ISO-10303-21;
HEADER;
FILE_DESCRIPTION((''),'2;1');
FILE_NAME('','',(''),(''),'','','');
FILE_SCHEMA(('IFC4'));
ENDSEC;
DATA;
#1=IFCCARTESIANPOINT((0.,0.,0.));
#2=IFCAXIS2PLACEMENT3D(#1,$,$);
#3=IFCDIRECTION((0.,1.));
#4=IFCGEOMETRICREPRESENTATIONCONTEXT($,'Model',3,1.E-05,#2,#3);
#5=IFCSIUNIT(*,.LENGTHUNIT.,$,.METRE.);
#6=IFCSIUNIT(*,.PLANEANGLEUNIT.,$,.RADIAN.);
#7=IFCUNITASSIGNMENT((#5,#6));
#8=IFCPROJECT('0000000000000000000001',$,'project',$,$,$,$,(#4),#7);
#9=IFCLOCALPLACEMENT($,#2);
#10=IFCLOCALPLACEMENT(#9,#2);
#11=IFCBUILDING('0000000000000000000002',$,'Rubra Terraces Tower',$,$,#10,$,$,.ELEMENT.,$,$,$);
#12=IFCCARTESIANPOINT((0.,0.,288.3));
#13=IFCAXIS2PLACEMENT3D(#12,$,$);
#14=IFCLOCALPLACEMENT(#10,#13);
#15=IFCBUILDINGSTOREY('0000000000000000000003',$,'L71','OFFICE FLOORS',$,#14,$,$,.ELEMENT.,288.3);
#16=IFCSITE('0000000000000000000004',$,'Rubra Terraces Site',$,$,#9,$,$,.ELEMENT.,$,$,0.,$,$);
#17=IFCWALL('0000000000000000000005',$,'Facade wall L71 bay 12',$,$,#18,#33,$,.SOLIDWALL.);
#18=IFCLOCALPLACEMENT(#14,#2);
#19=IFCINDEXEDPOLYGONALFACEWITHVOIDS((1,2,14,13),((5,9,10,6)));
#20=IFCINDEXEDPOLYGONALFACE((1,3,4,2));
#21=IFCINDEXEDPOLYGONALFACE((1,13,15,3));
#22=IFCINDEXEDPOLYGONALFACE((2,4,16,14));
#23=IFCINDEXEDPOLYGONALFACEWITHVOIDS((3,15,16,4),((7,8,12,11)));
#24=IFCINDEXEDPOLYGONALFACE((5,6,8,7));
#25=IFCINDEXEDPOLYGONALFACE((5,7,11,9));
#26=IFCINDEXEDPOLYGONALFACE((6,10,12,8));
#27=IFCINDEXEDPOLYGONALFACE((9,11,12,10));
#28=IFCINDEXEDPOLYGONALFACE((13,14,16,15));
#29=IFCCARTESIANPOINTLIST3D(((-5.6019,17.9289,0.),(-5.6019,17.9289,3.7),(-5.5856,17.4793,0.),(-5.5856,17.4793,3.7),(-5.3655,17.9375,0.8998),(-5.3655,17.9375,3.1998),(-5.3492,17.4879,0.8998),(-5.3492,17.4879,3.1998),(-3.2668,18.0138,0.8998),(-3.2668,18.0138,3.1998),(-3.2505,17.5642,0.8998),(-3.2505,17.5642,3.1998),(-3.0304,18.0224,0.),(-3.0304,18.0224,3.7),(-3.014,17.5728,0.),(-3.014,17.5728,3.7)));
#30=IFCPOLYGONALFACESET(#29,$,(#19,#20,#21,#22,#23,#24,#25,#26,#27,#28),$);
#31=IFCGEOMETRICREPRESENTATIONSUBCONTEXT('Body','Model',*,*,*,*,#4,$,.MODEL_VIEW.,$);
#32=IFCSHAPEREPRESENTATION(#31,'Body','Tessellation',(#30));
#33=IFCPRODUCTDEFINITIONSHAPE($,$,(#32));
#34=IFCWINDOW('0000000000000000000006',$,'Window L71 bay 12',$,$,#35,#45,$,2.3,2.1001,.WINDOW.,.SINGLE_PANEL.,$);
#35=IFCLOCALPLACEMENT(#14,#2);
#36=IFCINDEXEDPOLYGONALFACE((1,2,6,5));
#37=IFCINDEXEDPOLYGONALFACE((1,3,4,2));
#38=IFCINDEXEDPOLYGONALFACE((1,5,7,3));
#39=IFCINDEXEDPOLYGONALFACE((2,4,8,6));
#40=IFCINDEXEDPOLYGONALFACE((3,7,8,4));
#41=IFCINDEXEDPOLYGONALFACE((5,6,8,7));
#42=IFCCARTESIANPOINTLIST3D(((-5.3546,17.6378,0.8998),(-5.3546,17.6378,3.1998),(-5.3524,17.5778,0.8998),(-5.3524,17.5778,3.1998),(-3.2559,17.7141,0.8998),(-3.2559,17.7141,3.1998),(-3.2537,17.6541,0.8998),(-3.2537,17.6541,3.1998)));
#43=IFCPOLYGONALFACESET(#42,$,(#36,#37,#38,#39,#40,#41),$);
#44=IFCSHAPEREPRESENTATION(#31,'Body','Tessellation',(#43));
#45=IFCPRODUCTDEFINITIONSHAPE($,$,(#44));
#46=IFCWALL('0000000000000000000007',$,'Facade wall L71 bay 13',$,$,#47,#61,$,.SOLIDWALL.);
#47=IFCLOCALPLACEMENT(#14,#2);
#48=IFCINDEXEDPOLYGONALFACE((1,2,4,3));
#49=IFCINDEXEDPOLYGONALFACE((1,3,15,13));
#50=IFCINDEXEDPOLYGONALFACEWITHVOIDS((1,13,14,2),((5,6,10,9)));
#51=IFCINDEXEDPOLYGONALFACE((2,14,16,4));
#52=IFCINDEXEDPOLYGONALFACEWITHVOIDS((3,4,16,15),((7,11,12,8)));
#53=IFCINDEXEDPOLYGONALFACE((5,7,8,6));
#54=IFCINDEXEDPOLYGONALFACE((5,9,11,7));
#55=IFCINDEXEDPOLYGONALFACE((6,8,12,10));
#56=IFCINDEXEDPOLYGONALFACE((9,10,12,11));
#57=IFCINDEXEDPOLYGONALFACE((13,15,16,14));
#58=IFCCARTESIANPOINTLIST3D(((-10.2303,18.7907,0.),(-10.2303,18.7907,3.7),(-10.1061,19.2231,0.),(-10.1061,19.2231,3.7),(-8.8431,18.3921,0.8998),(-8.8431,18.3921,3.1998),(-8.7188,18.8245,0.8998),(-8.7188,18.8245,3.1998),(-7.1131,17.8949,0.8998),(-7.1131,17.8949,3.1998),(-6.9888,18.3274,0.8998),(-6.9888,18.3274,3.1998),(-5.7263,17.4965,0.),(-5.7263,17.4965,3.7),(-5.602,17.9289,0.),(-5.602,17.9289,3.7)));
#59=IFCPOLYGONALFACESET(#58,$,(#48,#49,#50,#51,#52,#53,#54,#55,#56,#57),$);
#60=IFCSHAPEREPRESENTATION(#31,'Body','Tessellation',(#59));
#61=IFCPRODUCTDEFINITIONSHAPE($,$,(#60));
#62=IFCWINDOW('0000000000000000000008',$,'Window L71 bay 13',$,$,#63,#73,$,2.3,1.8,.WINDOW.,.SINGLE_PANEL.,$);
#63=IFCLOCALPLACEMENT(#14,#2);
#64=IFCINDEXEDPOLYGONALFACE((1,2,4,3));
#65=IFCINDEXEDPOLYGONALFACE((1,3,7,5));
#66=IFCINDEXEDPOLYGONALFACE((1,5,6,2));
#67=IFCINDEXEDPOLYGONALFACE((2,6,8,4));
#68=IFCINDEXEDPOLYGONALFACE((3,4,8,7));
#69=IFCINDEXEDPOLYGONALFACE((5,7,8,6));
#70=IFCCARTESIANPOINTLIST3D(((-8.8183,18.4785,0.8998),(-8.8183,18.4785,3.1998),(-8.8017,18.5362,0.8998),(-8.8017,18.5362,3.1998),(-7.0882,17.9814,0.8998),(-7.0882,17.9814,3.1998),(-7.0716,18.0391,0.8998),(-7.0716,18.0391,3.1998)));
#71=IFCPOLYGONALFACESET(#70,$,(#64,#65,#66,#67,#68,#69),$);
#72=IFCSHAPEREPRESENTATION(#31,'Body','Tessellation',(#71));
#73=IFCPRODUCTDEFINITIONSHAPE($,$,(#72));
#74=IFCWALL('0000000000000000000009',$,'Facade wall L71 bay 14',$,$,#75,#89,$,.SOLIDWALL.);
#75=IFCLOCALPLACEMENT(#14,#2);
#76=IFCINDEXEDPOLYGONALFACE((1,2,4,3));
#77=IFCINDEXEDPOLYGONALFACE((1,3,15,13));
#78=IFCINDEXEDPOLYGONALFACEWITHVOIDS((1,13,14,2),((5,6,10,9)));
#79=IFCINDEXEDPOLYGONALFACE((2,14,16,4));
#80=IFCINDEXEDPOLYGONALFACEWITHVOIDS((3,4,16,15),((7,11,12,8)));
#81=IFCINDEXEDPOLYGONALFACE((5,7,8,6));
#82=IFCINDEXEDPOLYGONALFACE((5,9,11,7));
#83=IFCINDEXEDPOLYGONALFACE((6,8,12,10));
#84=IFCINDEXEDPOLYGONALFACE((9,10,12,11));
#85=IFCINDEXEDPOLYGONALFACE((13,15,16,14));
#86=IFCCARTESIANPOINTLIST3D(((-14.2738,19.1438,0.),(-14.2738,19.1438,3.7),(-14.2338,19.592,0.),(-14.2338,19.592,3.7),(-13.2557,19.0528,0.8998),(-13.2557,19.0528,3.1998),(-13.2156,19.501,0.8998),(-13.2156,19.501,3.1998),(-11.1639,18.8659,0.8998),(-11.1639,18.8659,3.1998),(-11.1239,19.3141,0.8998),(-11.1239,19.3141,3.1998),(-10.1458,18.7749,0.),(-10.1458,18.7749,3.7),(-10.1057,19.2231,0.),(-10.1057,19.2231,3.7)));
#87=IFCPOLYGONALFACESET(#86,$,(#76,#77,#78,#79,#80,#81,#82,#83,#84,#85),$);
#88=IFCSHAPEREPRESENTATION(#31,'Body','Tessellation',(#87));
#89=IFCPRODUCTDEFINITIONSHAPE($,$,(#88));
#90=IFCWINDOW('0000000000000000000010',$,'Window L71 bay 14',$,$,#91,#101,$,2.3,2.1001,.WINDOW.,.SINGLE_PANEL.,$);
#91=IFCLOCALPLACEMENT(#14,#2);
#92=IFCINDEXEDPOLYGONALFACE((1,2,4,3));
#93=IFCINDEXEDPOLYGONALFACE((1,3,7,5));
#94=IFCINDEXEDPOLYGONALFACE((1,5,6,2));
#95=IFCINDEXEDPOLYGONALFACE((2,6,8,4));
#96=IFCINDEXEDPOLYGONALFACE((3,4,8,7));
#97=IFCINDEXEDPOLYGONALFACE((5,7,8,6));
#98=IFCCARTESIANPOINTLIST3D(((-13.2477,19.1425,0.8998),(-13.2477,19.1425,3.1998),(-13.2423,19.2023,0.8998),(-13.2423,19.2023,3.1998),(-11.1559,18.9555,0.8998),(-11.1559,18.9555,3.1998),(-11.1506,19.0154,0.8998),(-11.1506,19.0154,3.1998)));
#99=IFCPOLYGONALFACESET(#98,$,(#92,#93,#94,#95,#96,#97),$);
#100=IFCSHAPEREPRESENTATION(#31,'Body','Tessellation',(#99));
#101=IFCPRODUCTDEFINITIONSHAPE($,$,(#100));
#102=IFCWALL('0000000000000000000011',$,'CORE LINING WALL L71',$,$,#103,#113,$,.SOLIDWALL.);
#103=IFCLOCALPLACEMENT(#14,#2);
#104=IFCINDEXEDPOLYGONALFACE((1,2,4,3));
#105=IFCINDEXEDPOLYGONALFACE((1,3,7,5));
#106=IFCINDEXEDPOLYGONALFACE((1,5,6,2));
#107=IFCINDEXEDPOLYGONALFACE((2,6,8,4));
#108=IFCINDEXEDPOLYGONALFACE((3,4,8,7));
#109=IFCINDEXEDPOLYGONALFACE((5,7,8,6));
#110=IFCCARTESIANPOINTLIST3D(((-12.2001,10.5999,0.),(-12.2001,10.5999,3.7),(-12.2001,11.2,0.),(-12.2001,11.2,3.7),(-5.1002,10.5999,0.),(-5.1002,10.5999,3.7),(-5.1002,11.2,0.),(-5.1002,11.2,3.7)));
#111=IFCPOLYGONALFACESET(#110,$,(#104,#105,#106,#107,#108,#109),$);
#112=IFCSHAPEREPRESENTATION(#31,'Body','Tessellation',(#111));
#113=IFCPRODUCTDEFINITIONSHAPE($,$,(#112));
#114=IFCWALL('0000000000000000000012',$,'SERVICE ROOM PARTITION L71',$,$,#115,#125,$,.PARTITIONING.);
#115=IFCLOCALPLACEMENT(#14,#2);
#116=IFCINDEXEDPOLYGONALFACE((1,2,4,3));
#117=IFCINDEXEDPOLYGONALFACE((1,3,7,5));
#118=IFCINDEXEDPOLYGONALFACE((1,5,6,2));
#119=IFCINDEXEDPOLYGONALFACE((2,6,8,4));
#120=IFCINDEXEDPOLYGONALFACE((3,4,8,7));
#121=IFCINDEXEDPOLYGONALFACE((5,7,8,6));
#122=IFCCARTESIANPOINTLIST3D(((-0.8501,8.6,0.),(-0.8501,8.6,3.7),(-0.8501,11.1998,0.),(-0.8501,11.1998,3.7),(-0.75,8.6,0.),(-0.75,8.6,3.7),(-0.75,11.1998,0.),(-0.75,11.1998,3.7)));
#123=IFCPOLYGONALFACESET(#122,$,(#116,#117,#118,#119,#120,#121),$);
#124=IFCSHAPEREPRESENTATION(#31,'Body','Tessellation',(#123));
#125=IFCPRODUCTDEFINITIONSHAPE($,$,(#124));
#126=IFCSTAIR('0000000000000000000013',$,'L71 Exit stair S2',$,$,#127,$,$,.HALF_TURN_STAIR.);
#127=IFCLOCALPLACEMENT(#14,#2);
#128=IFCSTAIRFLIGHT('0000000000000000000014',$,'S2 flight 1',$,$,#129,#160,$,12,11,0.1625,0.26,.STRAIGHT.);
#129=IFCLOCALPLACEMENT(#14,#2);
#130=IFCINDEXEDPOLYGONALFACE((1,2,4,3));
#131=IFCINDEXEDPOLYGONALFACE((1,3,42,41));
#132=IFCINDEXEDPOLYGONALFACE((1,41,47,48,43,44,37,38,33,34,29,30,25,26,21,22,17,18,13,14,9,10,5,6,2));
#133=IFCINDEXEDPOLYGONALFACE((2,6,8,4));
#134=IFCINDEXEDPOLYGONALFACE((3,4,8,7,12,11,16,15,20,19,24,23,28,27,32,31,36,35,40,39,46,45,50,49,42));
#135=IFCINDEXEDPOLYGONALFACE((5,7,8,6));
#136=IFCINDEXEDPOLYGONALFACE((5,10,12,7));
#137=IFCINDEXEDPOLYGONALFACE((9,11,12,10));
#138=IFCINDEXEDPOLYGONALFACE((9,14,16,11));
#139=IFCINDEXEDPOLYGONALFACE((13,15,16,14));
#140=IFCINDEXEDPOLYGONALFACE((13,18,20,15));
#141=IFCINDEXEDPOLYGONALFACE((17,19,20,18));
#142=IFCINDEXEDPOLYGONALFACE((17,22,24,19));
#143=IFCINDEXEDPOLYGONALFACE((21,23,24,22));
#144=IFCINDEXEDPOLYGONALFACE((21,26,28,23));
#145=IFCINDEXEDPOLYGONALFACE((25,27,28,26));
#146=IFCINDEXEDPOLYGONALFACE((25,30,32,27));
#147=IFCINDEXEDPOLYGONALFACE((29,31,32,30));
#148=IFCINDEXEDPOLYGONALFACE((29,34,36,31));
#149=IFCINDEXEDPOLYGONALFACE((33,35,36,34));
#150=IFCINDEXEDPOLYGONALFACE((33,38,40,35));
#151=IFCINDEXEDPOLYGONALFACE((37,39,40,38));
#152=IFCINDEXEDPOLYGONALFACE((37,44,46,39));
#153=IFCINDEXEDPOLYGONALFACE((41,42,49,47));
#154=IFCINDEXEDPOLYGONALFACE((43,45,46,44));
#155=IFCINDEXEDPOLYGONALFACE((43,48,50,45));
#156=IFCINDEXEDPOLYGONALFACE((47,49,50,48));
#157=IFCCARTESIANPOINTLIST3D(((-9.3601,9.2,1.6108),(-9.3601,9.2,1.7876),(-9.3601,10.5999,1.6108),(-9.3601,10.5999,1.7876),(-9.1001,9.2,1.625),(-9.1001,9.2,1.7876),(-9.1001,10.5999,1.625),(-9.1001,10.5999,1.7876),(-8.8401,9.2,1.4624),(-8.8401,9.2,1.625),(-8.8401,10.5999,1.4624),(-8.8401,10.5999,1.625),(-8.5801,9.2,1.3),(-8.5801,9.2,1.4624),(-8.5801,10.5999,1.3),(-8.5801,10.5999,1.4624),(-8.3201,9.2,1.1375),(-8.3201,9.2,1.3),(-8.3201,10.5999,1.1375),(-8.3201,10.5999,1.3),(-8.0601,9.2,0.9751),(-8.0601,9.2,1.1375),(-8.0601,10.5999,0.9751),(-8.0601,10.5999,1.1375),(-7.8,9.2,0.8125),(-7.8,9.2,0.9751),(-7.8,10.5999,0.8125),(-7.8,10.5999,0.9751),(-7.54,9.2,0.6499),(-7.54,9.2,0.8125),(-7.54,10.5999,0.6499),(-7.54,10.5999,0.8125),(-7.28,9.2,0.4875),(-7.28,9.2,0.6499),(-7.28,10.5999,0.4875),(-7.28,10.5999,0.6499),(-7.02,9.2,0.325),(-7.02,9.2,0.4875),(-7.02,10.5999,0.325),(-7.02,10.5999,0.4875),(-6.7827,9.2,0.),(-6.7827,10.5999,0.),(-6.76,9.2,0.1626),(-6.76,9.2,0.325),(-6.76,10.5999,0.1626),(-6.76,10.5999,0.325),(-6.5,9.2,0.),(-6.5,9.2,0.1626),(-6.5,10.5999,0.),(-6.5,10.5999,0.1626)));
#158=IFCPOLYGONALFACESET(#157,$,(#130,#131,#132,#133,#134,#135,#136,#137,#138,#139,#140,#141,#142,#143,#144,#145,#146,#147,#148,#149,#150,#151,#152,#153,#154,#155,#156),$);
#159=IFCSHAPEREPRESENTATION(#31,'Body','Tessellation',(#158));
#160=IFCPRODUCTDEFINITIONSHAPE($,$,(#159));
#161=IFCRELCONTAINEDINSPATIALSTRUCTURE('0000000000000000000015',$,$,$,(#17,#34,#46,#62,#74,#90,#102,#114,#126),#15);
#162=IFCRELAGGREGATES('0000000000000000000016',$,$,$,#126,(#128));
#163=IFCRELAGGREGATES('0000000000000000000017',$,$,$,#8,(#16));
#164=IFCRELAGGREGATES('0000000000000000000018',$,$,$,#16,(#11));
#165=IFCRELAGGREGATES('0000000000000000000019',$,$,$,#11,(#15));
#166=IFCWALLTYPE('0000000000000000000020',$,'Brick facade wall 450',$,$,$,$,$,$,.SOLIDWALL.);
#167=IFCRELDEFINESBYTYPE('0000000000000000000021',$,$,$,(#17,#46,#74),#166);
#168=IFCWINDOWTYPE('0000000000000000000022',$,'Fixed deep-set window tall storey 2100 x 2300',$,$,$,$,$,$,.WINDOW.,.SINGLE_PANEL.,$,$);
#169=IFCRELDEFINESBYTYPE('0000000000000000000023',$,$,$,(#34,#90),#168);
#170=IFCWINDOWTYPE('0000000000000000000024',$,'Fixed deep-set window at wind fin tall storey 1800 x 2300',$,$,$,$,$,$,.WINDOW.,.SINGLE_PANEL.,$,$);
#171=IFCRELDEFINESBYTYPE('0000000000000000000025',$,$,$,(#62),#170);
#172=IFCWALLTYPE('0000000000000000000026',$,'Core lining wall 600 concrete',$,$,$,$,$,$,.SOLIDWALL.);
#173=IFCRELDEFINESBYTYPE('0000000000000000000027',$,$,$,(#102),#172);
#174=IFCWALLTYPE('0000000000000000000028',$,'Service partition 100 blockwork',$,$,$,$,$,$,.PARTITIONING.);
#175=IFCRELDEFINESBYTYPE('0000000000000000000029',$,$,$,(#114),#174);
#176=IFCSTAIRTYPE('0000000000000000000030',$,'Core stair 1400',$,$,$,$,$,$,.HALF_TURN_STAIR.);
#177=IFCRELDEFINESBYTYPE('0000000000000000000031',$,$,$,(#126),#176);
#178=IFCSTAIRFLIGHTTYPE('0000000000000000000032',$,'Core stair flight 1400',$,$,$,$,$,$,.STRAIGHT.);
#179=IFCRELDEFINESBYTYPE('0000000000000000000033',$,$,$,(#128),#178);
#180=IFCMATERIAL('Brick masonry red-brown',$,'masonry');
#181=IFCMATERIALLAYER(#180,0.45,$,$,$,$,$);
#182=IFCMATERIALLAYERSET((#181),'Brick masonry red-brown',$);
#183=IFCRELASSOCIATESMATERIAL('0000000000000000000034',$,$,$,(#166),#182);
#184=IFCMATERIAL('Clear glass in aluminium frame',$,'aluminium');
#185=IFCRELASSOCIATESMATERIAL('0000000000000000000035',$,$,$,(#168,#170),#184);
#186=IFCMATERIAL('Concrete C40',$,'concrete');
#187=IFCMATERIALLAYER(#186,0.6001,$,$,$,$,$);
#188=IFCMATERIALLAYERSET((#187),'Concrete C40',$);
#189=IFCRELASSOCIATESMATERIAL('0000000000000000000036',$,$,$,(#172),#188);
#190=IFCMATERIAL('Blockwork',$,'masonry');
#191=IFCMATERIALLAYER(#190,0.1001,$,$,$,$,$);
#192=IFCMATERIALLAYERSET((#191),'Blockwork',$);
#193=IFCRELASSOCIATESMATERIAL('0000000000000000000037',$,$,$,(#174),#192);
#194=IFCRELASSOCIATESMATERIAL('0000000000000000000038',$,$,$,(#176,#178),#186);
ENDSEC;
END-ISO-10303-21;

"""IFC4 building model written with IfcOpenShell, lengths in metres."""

from ifc_helpers import new_model, si_unit, direction, frame, frame_2d, origin, place, context, subcontext, project, spatial, polyline, rectangle, outline, extrude, material, layer, layer_set, type_object, element, fill, aggregate, save


model = new_model("IFC4")

# Units and contexts
model_context = context("Model", 3, precision=1e-05, world=origin(), true_north=direction((0.0, 1.0)))
body_context = subcontext(model_context, "Body", "Model", "MODEL_VIEW")
ifc_project = project(units=[si_unit("LENGTHUNIT", "METRE"), si_unit("PLANEANGLEUNIT", "RADIAN")], contexts=[model_context])

# Site, building, storey
site_placement = place(None, origin())
site = spatial("IfcSite", under=ifc_project, at=site_placement, Name="Rubra Terraces Site", CompositionType="ELEMENT", RefElevation=0.0)
building_placement = place(site_placement, origin())
building = spatial("IfcBuilding", under=site, at=building_placement, Name="Rubra Terraces Tower", CompositionType="ELEMENT")
storey_placement = place(building_placement, frame((0.0, 0.0, 288.3)))
storey = spatial("IfcBuildingStorey", under=building, at=storey_placement, Name="L71", Description="OFFICE FLOORS", CompositionType="ELEMENT", Elevation=288.3)

# Walls, openings, windows
ifc_material_1 = material(Name="Brick masonry red-brown", Category="masonry")
ifc_layer_1 = layer(ifc_material_1, 0.45)
ifc_layer_set_1 = layer_set([ifc_layer_1], Name="Brick masonry red-brown")
wall_type_1 = type_object("IfcWallType", Name="Brick facade wall 450", PredefinedType="SOLIDWALL", material=ifc_layer_set_1)
ifc_material_2 = material(Name="Clear glass in aluminium frame", Category="aluminium")
window_type_1 = type_object("IfcWindowType", Name="Fixed deep-set window tall storey 2100 x 2300", PartitioningType="SINGLE_PANEL", PredefinedType="WINDOW", material=ifc_material_2)
wall_1_placement = place(storey_placement, frame((-3.0222, 17.7976, 0.0), z_axis=(0.0, 0.0, 1.0), x_axis=(-0.99934, -0.036338, 0.0)))
wall_1 = element("IfcWall", 1, at=wall_1_placement, inside=storey, type_object=wall_type_1, Name="Facade wall L71 bay 12", PredefinedType="SOLIDWALL", context=body_context, shape_type="SweptSolid", body=[
    extrude(rectangle(XDim=2.5732, YDim=0.45, at=frame_2d((1.2866, 0.0))), origin(), (0.0, 0.0, 1.0), 3.7),
])
opening_1_placement = place(wall_1_placement, frame((0.2366, 0.0, 0.8999)))
opening_1 = element("IfcOpeningElement", 2, at=opening_1_placement, cuts=wall_1, PredefinedType="OPENING", context=body_context, shape_type="SweptSolid", body=[
    extrude(rectangle(XDim=2.1001, YDim=2.3, at=frame_2d((1.05, 1.1499))), frame((0.0, 0.2349, 0.0), z_axis=(0.0, -1.0, 0.0), x_axis=(1.0, 0.0, 0.0)), (0.0, 0.0, 1.0), 0.47),
])
window_1_placement = place(opening_1_placement, origin())
window_1 = element("IfcWindow", 3, at=window_1_placement, inside=storey, type_object=window_type_1, Name="Window L71 bay 12", OverallHeight=2.3, OverallWidth=2.1001, PartitioningType="SINGLE_PANEL", PredefinedType="WINDOW", context=body_context, shape_type="SweptSolid", body=[
    extrude(rectangle(XDim=2.1001, YDim=2.3, at=frame_2d((1.05, 1.1499))), frame((0.0, 0.135, 0.0), z_axis=(0.0, -1.0, 0.0), x_axis=(1.0, 0.0, 0.0)), (0.0, 0.0, 1.0), 0.0601),
])
fill(opening_1, window_1)
wall_2_placement = place(storey_placement, frame((-5.6641, 17.7126, 0.0), z_axis=(0.0, 0.0, 1.0), x_axis=(-0.961108, 0.276173, 0.0)))
wall_2 = element("IfcWall", 4, at=wall_2_placement, inside=storey, type_object=wall_type_1, Name="Facade wall L71 bay 13", PredefinedType="SOLIDWALL", context=body_context, shape_type="SweptSolid", body=[
    extrude(rectangle(XDim=4.6863, YDim=0.45, at=frame_2d((2.3433, 0.0))), origin(), (0.0, 0.0, 1.0), 3.7),
])
opening_2_placement = place(wall_2_placement, frame((1.4431, 0.0, 0.8999)))
opening_2 = element("IfcOpeningElement", 5, at=opening_2_placement, cuts=wall_2, PredefinedType="OPENING", context=body_context, shape_type="SweptSolid", body=[
    extrude(rectangle(XDim=1.8, YDim=2.3, at=frame_2d((0.8999, 1.1499))), frame((0.0, 0.2349, 0.0), z_axis=(0.0, -1.0, 0.0), x_axis=(1.0, 0.0, 0.0)), (0.0, 0.0, 1.0), 0.47),
])
window_type_2 = type_object("IfcWindowType", Name="Fixed deep-set window at wind fin tall storey 1800 x 2300", PartitioningType="SINGLE_PANEL", PredefinedType="WINDOW", material=ifc_material_2)
window_2_placement = place(opening_2_placement, origin())
window_2 = element("IfcWindow", 6, at=window_2_placement, inside=storey, type_object=window_type_2, Name="Window L71 bay 13", OverallHeight=2.3, OverallWidth=1.8, PartitioningType="SINGLE_PANEL", PredefinedType="WINDOW", context=body_context, shape_type="SweptSolid", body=[
    extrude(rectangle(XDim=1.8, YDim=2.3, at=frame_2d((0.8999, 1.1499))), frame((0.0, 0.135, 0.0), z_axis=(0.0, -1.0, 0.0), x_axis=(1.0, 0.0, 0.0)), (0.0, 0.0, 1.0), 0.0601),
])
fill(opening_2, window_2)
wall_3_placement = place(storey_placement, frame((-10.1257, 18.999, 0.0), z_axis=(0.0, 0.0, 1.0), x_axis=(-0.996031, 0.089006, 0.0)))
wall_3 = element("IfcWall", 7, at=wall_3_placement, inside=storey, type_object=wall_type_1, Name="Facade wall L71 bay 14", PredefinedType="SOLIDWALL", context=body_context, shape_type="SweptSolid", body=[
    extrude(rectangle(XDim=4.1445, YDim=0.45, at=frame_2d((2.0723, 0.0))), origin(), (0.0, 0.0, 1.0), 3.7),
])
opening_3_placement = place(wall_3_placement, frame((1.0222, 0.0, 0.8999)))
opening_3 = element("IfcOpeningElement", 8, at=opening_3_placement, cuts=wall_3, PredefinedType="OPENING", context=body_context, shape_type="SweptSolid", body=[
    extrude(rectangle(XDim=2.1001, YDim=2.3, at=frame_2d((1.05, 1.1499))), frame((0.0, 0.2349, 0.0), z_axis=(0.0, -1.0, 0.0), x_axis=(1.0, 0.0, 0.0)), (0.0, 0.0, 1.0), 0.47),
])
window_3_placement = place(opening_3_placement, origin())
window_3 = element("IfcWindow", 9, at=window_3_placement, inside=storey, type_object=window_type_1, Name="Window L71 bay 14", OverallHeight=2.3, OverallWidth=2.1001, PartitioningType="SINGLE_PANEL", PredefinedType="WINDOW", context=body_context, shape_type="SweptSolid", body=[
    extrude(rectangle(XDim=2.1001, YDim=2.3, at=frame_2d((1.05, 1.1499))), frame((0.0, 0.135, 0.0), z_axis=(0.0, -1.0, 0.0), x_axis=(1.0, 0.0, 0.0)), (0.0, 0.0, 1.0), 0.0601),
])
fill(opening_3, window_3)

# Walls
ifc_material_3 = material(Name="Concrete C40", Category="concrete")
ifc_layer_2 = layer(ifc_material_3, 0.6001)
ifc_layer_set_2 = layer_set([ifc_layer_2], Name="Concrete C40")
wall_type_2 = type_object("IfcWallType", Name="Core lining wall 600 concrete", PredefinedType="SOLIDWALL", material=ifc_layer_set_2)
wall_4_placement = place(storey_placement, frame((-12.2, 10.8999, 0.0), z_axis=(0.0, 0.0, 1.0), x_axis=(1.0, 0.0, 0.0)))
element("IfcWall", 10, at=wall_4_placement, inside=storey, type_object=wall_type_2, Name="CORE LINING WALL L71", PredefinedType="SOLIDWALL", context=body_context, shape_type="SweptSolid", body=[
    extrude(rectangle(XDim=7.0999, YDim=0.6001, at=frame_2d((3.5498, 0.0))), origin(), (0.0, 0.0, 1.0), 3.7),
])
ifc_material_4 = material(Name="Blockwork", Category="masonry")
ifc_layer_3 = layer(ifc_material_4, 0.1001)
ifc_layer_set_3 = layer_set([ifc_layer_3], Name="Blockwork")
wall_type_3 = type_object("IfcWallType", Name="Service partition 100 blockwork", PredefinedType="PARTITIONING", material=ifc_layer_set_3)
wall_5_placement = place(storey_placement, frame((-0.8, 8.6001, 0.0), z_axis=(0.0, 0.0, 1.0), x_axis=(0.0, 1.0, 0.0)))
element("IfcWall", 11, at=wall_5_placement, inside=storey, type_object=wall_type_3, Name="SERVICE ROOM PARTITION L71", PredefinedType="PARTITIONING", context=body_context, shape_type="SweptSolid", body=[
    extrude(rectangle(XDim=2.5999, YDim=0.1001, at=frame_2d((1.2998, 0.0))), origin(), (0.0, 0.0, 1.0), 3.7),
])

# Stair, stair flight
stair_type = type_object("IfcStairType", Name="Core stair 1400", PredefinedType="HALF_TURN_STAIR", material=ifc_material_3)
stair_placement = place(storey_placement, origin())
stair = element("IfcStair", 12, at=stair_placement, inside=storey, type_object=stair_type, Name="L71 Exit stair S2", PredefinedType="HALF_TURN_STAIR")
stair_flight_type = type_object("IfcStairFlightType", Name="Core stair flight 1400", PredefinedType="STRAIGHT", material=ifc_material_3)
stair_flight_placement = place(storey_placement, frame((-6.5, 9.8999, 0.0), z_axis=(0.0, 0.0, 1.0), x_axis=(-1.0, 0.0, 0.0)))
stair_flight = element("IfcStairFlight", 13, at=stair_flight_placement, type_object=stair_flight_type, Name="S2 flight 1", NumberOfRisers=12, NumberOfTreads=11, PredefinedType="STRAIGHT", RiserHeight=0.1625, TreadLength=0.26, context=body_context, shape_type="SweptSolid", body=[
    extrude(outline(polyline([(0.0, 0.0), (0.0, 0.1626), (0.26, 0.1626), (0.26, 0.325), (0.52, 0.325), (0.52, 0.4875), (0.78, 0.4875), (0.78, 0.6499), (1.04, 0.6499), (1.04, 0.8125), (1.3, 0.8125), (1.3, 0.9751), (1.5601, 0.9751), (1.5601, 1.1375), (1.8201, 1.1375), (1.8201, 1.3), (2.0801, 1.3), (2.0801, 1.4624), (2.3401, 1.4624), (2.3401, 1.625), (2.6001, 1.625), (2.6001, 1.7876), (2.8601, 1.7876), (2.8601, 1.95), (2.8601, 1.6108), (0.2827, 0.0), (0.0, 0.0)])), frame((0.0, 0.7, 0.0), z_axis=(0.0, -1.0, 0.0), x_axis=(1.0, 0.0, 0.0)), (0.0, 0.0, 1.0), 1.3999),
])
aggregate(stair, [stair_flight])

save(model, "model.ifc")
